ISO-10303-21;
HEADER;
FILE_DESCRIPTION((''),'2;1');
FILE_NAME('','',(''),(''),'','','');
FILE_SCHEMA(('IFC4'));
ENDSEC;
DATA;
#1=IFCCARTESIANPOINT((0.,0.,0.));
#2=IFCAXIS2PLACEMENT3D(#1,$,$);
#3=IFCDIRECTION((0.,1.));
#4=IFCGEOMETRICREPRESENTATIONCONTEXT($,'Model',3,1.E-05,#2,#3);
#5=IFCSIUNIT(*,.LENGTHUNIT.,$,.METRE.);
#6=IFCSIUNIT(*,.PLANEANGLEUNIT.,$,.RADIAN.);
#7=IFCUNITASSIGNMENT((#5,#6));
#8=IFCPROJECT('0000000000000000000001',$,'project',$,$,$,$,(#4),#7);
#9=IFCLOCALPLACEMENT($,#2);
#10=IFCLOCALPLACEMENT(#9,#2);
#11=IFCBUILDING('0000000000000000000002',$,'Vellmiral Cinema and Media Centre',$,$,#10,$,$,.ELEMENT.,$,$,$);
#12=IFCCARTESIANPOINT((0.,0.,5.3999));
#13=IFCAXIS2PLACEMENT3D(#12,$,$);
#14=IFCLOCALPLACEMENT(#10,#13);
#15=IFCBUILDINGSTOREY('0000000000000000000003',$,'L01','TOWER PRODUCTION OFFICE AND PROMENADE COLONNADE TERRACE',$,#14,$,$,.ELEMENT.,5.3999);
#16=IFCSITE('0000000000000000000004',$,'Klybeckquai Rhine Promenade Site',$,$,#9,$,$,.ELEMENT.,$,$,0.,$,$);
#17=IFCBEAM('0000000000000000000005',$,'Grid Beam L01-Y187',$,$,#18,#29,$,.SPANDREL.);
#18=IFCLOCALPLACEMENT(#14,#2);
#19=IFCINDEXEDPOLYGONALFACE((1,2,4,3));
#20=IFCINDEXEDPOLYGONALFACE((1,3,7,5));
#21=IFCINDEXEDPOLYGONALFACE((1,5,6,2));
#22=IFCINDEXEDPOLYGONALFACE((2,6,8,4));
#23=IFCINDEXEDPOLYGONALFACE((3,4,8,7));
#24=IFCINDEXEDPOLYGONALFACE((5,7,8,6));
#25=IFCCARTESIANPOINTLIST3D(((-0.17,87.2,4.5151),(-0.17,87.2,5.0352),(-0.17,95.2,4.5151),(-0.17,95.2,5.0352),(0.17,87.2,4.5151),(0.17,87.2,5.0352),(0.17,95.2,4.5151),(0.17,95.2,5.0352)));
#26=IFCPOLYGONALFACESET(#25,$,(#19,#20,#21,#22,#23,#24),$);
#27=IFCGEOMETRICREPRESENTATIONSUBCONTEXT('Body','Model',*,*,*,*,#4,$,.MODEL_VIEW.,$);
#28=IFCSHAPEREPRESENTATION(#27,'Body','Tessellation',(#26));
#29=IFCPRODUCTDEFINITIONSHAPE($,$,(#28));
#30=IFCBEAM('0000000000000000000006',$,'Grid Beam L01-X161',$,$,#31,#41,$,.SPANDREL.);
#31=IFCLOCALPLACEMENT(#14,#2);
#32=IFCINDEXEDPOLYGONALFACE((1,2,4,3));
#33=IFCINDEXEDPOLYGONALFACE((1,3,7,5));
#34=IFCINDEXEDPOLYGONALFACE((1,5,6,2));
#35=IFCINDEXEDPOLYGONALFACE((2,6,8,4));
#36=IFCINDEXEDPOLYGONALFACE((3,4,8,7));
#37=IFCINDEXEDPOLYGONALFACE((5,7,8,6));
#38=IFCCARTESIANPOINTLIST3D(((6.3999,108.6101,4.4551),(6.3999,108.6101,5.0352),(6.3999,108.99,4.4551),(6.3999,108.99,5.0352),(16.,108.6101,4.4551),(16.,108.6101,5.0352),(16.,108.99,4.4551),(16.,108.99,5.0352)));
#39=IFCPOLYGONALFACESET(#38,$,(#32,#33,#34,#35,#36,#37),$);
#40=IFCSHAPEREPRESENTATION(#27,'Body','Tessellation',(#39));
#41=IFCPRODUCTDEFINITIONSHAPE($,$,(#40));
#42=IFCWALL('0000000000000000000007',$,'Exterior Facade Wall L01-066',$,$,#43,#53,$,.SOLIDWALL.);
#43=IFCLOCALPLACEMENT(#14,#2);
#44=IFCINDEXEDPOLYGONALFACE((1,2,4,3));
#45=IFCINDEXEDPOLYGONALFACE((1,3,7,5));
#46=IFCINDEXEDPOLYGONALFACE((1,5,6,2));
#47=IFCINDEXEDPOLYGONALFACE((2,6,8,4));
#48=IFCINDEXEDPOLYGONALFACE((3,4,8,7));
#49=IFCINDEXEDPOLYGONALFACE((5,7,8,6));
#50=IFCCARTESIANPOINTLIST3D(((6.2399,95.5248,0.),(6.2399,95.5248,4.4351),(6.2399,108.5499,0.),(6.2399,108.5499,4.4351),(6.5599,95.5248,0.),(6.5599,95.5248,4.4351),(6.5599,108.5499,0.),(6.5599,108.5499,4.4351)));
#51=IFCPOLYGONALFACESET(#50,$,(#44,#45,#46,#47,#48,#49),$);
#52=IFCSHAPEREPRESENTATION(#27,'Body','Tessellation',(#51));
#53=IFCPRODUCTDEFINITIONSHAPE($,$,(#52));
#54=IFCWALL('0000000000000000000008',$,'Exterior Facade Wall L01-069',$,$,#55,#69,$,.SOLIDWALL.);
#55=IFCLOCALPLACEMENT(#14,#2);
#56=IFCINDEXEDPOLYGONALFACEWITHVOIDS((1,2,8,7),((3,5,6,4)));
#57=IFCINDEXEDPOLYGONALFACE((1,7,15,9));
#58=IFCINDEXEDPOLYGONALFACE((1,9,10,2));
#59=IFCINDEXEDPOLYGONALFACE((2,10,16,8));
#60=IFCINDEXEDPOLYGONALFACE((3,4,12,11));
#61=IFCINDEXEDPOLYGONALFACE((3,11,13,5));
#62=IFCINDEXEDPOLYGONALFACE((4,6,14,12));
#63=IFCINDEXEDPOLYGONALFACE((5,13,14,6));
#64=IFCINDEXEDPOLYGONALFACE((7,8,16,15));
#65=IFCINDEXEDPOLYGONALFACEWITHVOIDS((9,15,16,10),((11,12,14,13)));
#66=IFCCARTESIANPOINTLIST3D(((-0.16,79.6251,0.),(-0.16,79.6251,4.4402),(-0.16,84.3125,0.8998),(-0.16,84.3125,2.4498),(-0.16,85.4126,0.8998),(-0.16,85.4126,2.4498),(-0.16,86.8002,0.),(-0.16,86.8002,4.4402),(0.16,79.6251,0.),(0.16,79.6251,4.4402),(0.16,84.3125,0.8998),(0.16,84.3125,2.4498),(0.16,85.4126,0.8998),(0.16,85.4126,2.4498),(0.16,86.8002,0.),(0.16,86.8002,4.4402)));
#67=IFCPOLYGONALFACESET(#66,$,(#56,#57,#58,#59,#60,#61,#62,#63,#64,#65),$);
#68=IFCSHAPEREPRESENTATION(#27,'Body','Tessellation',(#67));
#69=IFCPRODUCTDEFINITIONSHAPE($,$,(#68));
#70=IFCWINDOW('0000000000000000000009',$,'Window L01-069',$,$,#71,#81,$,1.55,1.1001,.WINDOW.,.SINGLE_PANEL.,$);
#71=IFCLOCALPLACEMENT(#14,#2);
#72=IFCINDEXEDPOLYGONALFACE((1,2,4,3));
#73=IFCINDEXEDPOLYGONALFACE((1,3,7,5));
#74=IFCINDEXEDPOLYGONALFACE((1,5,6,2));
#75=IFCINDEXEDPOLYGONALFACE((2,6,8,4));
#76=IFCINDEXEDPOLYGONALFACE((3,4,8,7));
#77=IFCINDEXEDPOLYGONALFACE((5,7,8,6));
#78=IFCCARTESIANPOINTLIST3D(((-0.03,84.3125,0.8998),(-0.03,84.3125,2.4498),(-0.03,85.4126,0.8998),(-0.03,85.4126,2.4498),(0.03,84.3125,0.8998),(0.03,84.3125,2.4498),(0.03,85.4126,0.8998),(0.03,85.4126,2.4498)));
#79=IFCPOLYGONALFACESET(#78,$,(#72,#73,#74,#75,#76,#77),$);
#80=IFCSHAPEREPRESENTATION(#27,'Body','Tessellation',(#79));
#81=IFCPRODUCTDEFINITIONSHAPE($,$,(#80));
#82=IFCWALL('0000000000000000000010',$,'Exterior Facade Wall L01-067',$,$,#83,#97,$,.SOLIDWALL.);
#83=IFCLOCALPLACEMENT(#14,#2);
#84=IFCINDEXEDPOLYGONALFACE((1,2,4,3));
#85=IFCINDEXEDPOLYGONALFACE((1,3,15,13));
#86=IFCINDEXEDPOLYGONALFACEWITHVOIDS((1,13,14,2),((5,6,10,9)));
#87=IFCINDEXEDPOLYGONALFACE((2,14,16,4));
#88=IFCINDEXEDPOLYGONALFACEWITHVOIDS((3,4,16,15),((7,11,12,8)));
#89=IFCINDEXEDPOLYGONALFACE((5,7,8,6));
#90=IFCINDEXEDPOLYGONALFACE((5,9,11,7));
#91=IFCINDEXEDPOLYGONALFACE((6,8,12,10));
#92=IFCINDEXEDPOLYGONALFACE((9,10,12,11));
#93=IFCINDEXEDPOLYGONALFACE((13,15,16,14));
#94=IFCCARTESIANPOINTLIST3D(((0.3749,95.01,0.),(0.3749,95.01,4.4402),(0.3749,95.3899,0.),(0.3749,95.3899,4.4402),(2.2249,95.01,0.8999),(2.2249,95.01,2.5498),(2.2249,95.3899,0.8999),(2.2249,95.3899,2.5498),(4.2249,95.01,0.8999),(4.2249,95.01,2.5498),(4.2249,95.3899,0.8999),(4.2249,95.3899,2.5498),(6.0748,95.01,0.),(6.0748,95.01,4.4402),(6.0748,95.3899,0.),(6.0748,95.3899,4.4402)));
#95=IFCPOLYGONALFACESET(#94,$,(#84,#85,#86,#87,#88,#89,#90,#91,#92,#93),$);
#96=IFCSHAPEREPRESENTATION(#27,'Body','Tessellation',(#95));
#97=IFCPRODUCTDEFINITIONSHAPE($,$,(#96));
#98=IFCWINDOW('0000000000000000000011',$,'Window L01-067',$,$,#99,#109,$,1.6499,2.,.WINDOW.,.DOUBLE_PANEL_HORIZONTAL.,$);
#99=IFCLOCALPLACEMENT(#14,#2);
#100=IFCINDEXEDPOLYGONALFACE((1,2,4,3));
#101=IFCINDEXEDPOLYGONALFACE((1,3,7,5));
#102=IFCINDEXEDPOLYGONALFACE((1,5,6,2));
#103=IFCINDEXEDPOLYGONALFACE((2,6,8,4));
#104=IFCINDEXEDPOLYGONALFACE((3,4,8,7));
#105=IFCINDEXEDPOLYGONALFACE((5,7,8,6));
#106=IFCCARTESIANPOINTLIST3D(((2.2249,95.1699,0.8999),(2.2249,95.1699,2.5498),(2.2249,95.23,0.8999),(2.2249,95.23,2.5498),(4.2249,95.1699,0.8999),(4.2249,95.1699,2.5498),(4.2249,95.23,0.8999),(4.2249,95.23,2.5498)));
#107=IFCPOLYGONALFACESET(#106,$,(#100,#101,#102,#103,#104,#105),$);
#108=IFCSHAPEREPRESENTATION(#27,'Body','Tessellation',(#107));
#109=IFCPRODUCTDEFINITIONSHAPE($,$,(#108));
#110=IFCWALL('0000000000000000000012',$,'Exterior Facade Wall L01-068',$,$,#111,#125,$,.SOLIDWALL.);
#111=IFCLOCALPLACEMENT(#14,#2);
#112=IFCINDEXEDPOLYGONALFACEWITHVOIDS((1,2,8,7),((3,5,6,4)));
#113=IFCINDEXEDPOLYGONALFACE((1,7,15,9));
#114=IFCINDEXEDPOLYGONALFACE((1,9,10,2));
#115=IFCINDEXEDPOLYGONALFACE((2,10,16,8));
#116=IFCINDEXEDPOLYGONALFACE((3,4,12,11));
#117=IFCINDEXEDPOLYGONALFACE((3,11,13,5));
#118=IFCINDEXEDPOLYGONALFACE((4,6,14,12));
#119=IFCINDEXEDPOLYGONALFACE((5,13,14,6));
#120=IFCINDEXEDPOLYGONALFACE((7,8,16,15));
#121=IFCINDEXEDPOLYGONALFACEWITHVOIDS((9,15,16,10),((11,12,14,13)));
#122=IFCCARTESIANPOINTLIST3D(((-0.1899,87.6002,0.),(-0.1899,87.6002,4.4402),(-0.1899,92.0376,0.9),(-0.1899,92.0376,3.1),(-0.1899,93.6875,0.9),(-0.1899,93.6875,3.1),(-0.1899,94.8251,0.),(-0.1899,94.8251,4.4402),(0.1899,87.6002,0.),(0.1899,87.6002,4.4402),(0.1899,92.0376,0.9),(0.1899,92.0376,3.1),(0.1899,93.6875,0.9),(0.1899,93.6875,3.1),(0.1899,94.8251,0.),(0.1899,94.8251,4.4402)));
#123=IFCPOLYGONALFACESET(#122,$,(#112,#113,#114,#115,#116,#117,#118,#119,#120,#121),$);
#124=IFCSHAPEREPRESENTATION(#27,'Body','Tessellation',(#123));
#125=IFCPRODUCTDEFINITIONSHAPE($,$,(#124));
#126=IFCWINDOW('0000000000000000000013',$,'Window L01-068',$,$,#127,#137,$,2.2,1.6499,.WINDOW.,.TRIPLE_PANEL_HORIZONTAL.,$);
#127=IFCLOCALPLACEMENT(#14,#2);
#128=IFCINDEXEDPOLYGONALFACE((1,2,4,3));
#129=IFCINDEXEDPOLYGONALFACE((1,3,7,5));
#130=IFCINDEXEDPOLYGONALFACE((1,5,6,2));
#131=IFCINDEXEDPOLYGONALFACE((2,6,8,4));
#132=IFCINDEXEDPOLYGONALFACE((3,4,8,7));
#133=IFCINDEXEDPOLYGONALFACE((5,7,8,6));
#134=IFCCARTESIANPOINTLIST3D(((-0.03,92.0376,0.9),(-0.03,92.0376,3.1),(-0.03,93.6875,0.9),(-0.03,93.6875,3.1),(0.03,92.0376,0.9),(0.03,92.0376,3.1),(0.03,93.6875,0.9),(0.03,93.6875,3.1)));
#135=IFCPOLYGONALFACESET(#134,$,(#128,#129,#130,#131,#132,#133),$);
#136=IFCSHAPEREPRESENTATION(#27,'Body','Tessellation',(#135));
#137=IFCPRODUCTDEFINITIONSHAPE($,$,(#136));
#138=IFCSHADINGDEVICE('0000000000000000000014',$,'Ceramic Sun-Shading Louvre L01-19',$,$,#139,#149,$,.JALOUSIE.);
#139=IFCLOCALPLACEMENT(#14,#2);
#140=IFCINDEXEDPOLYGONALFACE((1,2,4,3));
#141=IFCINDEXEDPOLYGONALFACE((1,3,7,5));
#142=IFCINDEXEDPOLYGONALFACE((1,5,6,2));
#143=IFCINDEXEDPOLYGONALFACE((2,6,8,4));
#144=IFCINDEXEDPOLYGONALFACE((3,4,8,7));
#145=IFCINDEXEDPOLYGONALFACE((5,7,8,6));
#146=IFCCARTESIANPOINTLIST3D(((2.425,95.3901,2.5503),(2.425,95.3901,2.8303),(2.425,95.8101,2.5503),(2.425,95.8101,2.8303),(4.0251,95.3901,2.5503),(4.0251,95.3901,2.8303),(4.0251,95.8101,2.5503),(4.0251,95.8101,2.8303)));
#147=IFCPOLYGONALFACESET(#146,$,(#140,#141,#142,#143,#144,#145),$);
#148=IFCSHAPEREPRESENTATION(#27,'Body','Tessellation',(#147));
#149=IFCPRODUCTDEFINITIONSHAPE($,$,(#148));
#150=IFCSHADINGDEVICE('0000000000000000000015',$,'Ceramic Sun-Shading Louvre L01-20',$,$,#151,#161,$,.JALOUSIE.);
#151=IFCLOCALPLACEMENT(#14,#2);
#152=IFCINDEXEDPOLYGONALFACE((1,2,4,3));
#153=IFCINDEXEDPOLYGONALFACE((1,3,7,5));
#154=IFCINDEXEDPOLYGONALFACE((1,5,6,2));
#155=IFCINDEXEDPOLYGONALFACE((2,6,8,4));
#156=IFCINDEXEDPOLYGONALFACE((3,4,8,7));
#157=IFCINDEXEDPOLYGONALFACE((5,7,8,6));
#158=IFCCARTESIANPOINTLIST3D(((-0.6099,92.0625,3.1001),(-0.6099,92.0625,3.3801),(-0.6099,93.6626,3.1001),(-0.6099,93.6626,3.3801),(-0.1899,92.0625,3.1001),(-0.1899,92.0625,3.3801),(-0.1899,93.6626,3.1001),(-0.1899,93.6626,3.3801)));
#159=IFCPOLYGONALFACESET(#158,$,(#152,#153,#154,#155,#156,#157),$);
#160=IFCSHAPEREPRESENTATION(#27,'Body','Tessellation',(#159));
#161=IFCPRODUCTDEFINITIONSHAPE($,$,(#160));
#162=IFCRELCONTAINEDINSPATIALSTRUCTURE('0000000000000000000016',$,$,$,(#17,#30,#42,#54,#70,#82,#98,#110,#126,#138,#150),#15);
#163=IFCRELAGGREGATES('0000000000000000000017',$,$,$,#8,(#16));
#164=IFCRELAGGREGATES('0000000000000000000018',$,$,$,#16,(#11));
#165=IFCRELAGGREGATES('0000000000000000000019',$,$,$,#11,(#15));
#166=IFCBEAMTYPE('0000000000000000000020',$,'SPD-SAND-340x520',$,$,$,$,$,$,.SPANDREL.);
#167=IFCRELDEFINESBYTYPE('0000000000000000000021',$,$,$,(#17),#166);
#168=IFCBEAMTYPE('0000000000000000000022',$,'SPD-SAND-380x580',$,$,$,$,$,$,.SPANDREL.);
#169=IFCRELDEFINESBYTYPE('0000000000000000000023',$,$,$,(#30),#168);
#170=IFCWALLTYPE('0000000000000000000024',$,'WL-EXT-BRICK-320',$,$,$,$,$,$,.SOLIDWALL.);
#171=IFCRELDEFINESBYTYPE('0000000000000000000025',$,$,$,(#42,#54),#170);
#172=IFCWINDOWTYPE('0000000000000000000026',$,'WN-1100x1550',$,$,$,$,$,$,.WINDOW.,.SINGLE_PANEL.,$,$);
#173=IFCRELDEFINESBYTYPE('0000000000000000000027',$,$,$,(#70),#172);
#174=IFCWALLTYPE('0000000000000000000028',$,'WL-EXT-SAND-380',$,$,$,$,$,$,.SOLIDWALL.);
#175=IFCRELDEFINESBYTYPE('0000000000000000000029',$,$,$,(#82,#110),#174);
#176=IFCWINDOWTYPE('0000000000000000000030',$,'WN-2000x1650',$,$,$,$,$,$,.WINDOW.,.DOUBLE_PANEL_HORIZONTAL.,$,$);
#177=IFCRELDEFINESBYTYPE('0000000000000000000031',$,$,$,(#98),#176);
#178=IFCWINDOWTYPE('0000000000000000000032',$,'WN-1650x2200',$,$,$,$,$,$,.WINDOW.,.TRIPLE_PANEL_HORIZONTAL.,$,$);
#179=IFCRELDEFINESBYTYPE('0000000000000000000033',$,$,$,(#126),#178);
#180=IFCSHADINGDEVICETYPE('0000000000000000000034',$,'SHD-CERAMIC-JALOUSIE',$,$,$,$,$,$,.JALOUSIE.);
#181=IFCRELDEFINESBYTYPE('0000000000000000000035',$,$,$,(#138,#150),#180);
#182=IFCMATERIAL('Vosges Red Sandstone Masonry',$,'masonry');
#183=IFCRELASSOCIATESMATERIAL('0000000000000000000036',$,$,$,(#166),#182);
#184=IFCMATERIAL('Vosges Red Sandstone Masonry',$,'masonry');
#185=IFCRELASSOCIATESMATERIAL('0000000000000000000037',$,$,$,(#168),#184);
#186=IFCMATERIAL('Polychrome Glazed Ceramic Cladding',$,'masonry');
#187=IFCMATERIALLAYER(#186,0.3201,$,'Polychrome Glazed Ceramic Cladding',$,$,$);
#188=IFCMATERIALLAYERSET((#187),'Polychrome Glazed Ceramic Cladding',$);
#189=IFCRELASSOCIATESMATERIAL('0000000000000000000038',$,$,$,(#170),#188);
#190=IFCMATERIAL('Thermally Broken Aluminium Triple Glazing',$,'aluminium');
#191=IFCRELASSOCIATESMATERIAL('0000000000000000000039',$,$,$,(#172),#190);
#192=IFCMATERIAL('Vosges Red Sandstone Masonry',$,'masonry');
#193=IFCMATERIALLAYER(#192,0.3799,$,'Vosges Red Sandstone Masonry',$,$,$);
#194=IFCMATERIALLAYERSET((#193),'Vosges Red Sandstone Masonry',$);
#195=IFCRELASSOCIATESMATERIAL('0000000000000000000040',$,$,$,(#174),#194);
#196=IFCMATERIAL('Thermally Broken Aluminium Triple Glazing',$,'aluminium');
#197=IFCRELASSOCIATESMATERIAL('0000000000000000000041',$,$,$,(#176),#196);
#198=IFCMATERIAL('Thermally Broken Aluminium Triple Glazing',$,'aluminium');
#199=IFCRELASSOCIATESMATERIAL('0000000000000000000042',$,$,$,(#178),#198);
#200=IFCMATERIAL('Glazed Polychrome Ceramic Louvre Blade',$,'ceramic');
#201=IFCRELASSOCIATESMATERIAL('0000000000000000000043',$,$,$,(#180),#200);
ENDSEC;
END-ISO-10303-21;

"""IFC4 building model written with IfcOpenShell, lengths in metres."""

from ifc_helpers import new_model, si_unit, direction, frame, frame_2d, origin, origin_2d, place, context, subcontext, project, spatial, rectangle, extrude, material, layer, layer_set, material_profile, profile_set, type_object, element, fill, save


model = new_model("IFC4")

# Units and contexts
model_context = context("Model", 3, precision=1e-05, world=origin(), true_north=direction((0.0, 1.0)))
body_context = subcontext(model_context, "Body", "Model", "MODEL_VIEW")
ifc_project = project(units=[si_unit("LENGTHUNIT", "METRE"), si_unit("PLANEANGLEUNIT", "RADIAN")], contexts=[model_context])

# Site, building, storey
site_placement = place(None, origin())
site = spatial("IfcSite", under=ifc_project, at=site_placement, Name="Klybeckquai Rhine Promenade Site", CompositionType="ELEMENT", RefElevation=0.0)
building_placement = place(site_placement, origin())
building = spatial("IfcBuilding", under=site, at=building_placement, Name="Vellmiral Cinema and Media Centre", CompositionType="ELEMENT")
storey_placement = place(building_placement, frame((0.0, 0.0, 5.3999)))
storey = spatial("IfcBuildingStorey", under=building, at=storey_placement, Name="L01", Description="TOWER PRODUCTION OFFICE AND PROMENADE COLONNADE TERRACE", CompositionType="ELEMENT", Elevation=5.3999)

# Beams
ifc_material_1 = material(Name="Vosges Red Sandstone Masonry", Category="masonry")
ifc_material_profile_1 = material_profile(ifc_material_1, rectangle(XDim=0.3401, YDim=0.52, at=origin_2d()), Name="SAND 340x520")
ifc_profile_set_1 = profile_set([ifc_material_profile_1], Name="Vosges Red Sandstone Masonry")
beam_type_1 = type_object("IfcBeamType", Name="SPD-SAND-340x520", PredefinedType="SPANDREL", material=ifc_profile_set_1)
beam_1_placement = place(storey_placement, frame((0.0, 87.2, 4.7751), z_axis=(0.0, 1.0, 0.0), x_axis=(-1.0, 0.0, 0.0)))
element("IfcBeam", 1, at=beam_1_placement, inside=storey, type_object=beam_type_1, Name="Grid Beam L01-Y187", PredefinedType="SPANDREL", context=body_context, shape_type="SweptSolid", body=[
    extrude(rectangle(XDim=0.3401, YDim=0.52, at=origin_2d()), origin(), (0.0, 0.0, 1.0), 8.0),
])
ifc_material_2 = material(Name="Vosges Red Sandstone Masonry", Category="masonry")
ifc_material_profile_2 = material_profile(ifc_material_2, rectangle(XDim=0.3799, YDim=0.5801, at=origin_2d()), Name="SAND 380x580")
ifc_profile_set_2 = profile_set([ifc_material_profile_2], Name="Vosges Red Sandstone Masonry")
beam_type_2 = type_object("IfcBeamType", Name="SPD-SAND-380x580", PredefinedType="SPANDREL", material=ifc_profile_set_2)
beam_2_placement = place(storey_placement, frame((6.3999, 108.8, 4.7451), z_axis=(1.0, 0.0, 0.0), x_axis=(0.0, 1.0, 0.0)))
element("IfcBeam", 2, at=beam_2_placement, inside=storey, type_object=beam_type_2, Name="Grid Beam L01-X161", PredefinedType="SPANDREL", context=body_context, shape_type="SweptSolid", body=[
    extrude(rectangle(XDim=0.3799, YDim=0.5801, at=origin_2d()), origin(), (0.0, 0.0, 1.0), 9.6001),
])

# Wall
ifc_material_3 = material(Name="Polychrome Glazed Ceramic Cladding", Category="masonry")
ifc_layer_1 = layer(ifc_material_3, 0.3201, Name="Polychrome Glazed Ceramic Cladding")
ifc_layer_set_1 = layer_set([ifc_layer_1], Name="Polychrome Glazed Ceramic Cladding")
wall_type_1 = type_object("IfcWallType", Name="WL-EXT-BRICK-320", PredefinedType="SOLIDWALL", material=ifc_layer_set_1)
wall_1_placement = place(storey_placement, frame((6.3999, 108.55, 0.0), z_axis=(0.0, 0.0, 1.0), x_axis=(0.0, -1.0, 0.0)))
element("IfcWall", 3, at=wall_1_placement, inside=storey, type_object=wall_type_1, Name="Exterior Facade Wall L01-066", PredefinedType="SOLIDWALL", context=body_context, shape_type="SweptSolid", body=[
    extrude(rectangle(XDim=13.0251, YDim=0.3201, at=frame_2d((6.5127, 0.0))), origin(), (0.0, 0.0, 1.0), 4.4351),
])

# Walls, openings, windows
wall_2_placement = place(storey_placement, frame((0.0, 86.8, 0.0), z_axis=(0.0, 0.0, 1.0), x_axis=(0.0, -1.0, 0.0)))
wall_2 = element("IfcWall", 4, at=wall_2_placement, inside=storey, type_object=wall_type_1, Name="Exterior Facade Wall L01-069", PredefinedType="SOLIDWALL", context=body_context, shape_type="SweptSolid", body=[
    extrude(rectangle(XDim=7.175, YDim=0.3201, at=frame_2d((3.5874, 0.0))), origin(), (0.0, 0.0, 1.0), 4.4402),
])
opening_1_placement = place(wall_2_placement, frame((1.3875, 0.0, 0.8999)))
opening_1 = element("IfcOpeningElement", 5, at=opening_1_placement, cuts=wall_2, PredefinedType="OPENING", context=body_context, shape_type="SweptSolid", body=[
    extrude(rectangle(XDim=1.1001, YDim=1.55, at=frame_2d((0.55, 0.7749))), frame((0.0, 0.1719, 0.0), z_axis=(0.0, -1.0, 0.0), x_axis=(1.0, 0.0, 0.0)), (0.0, 0.0, 1.0), 0.344),
])
ifc_material_4 = material(Name="Thermally Broken Aluminium Triple Glazing", Category="aluminium")
window_type_1 = type_object("IfcWindowType", Name="WN-1100x1550", PartitioningType="SINGLE_PANEL", PredefinedType="WINDOW", material=ifc_material_4)
window_1_placement = place(opening_1_placement, origin())
window_1 = element("IfcWindow", 6, at=window_1_placement, inside=storey, type_object=window_type_1, Name="Window L01-069", OverallHeight=1.55, OverallWidth=1.1001, PartitioningType="SINGLE_PANEL", PredefinedType="WINDOW", context=body_context, shape_type="SweptSolid", body=[
    extrude(rectangle(XDim=1.1001, YDim=1.55, at=frame_2d((0.55, 0.7749))), frame((0.0, 0.03, 0.0), z_axis=(0.0, -1.0, 0.0), x_axis=(1.0, 0.0, 0.0)), (0.0, 0.0, 1.0), 0.0601),
])
fill(opening_1, window_1)
ifc_material_5 = material(Name="Vosges Red Sandstone Masonry", Category="masonry")
ifc_layer_2 = layer(ifc_material_5, 0.3799, Name="Vosges Red Sandstone Masonry")
ifc_layer_set_2 = layer_set([ifc_layer_2], Name="Vosges Red Sandstone Masonry")
wall_type_2 = type_object("IfcWallType", Name="WL-EXT-SAND-380", PredefinedType="SOLIDWALL", material=ifc_layer_set_2)
wall_3_placement = place(storey_placement, frame((6.075, 95.2, 0.0), z_axis=(0.0, 0.0, 1.0), x_axis=(-1.0, 0.0, 0.0)))
wall_3 = element("IfcWall", 7, at=wall_3_placement, inside=storey, type_object=wall_type_2, Name="Exterior Facade Wall L01-067", PredefinedType="SOLIDWALL", context=body_context, shape_type="SweptSolid", body=[
    extrude(rectangle(XDim=5.7, YDim=0.3799, at=frame_2d((2.8501, 0.0))), origin(), (0.0, 0.0, 1.0), 4.4402),
])
opening_2_placement = place(wall_3_placement, frame((1.8501, 0.0, 0.8999)))
opening_2 = element("IfcOpeningElement", 8, at=opening_2_placement, cuts=wall_3, PredefinedType="OPENING", context=body_context, shape_type="SweptSolid", body=[
    extrude(rectangle(XDim=2.0, YDim=1.6499, at=frame_2d((1.0, 0.825))), frame((0.0, 0.2019, 0.0), z_axis=(0.0, -1.0, 0.0), x_axis=(1.0, 0.0, 0.0)), (0.0, 0.0, 1.0), 0.4038),
])
ifc_material_6 = material(Name="Thermally Broken Aluminium Triple Glazing", Category="aluminium")
window_type_2 = type_object("IfcWindowType", Name="WN-2000x1650", PartitioningType="DOUBLE_PANEL_HORIZONTAL", PredefinedType="WINDOW", material=ifc_material_6)
window_2_placement = place(opening_2_placement, origin())
window_2 = element("IfcWindow", 9, at=window_2_placement, inside=storey, type_object=window_type_2, Name="Window L01-067", OverallHeight=1.6499, OverallWidth=2.0, PartitioningType="DOUBLE_PANEL_HORIZONTAL", PredefinedType="WINDOW", context=body_context, shape_type="SweptSolid", body=[
    extrude(rectangle(XDim=2.0, YDim=1.6499, at=frame_2d((1.0, 0.825))), frame((0.0, 0.03, 0.0), z_axis=(0.0, -1.0, 0.0), x_axis=(1.0, 0.0, 0.0)), (0.0, 0.0, 1.0), 0.0601),
])
fill(opening_2, window_2)
wall_4_placement = place(storey_placement, frame((0.0, 94.825, 0.0), z_axis=(0.0, 0.0, 1.0), x_axis=(0.0, -1.0, 0.0)))
wall_4 = element("IfcWall", 10, at=wall_4_placement, inside=storey, type_object=wall_type_2, Name="Exterior Facade Wall L01-068", PredefinedType="SOLIDWALL", context=body_context, shape_type="SweptSolid", body=[
    extrude(rectangle(XDim=7.2249, YDim=0.3799, at=frame_2d((3.6123, 0.0))), origin(), (0.0, 0.0, 1.0), 4.4402),
])
opening_3_placement = place(wall_4_placement, frame((1.1375, 0.0, 0.8999)))
opening_3 = element("IfcOpeningElement", 11, at=opening_3_placement, cuts=wall_4, PredefinedType="OPENING", context=body_context, shape_type="SweptSolid", body=[
    extrude(rectangle(XDim=1.6499, YDim=2.2, at=frame_2d((0.825, 1.1001))), frame((0.0, 0.2019, 0.0), z_axis=(0.0, -1.0, 0.0), x_axis=(1.0, 0.0, 0.0)), (0.0, 0.0, 1.0), 0.4038),
])
ifc_material_7 = material(Name="Thermally Broken Aluminium Triple Glazing", Category="aluminium")
window_type_3 = type_object("IfcWindowType", Name="WN-1650x2200", PartitioningType="TRIPLE_PANEL_HORIZONTAL", PredefinedType="WINDOW", material=ifc_material_7)
window_3_placement = place(opening_3_placement, origin())
window_3 = element("IfcWindow", 12, at=window_3_placement, inside=storey, type_object=window_type_3, Name="Window L01-068", OverallHeight=2.2, OverallWidth=1.6499, PartitioningType="TRIPLE_PANEL_HORIZONTAL", PredefinedType="WINDOW", context=body_context, shape_type="SweptSolid", body=[
    extrude(rectangle(XDim=1.6499, YDim=2.2, at=frame_2d((0.825, 1.1001))), frame((0.0, 0.03, 0.0), z_axis=(0.0, -1.0, 0.0), x_axis=(1.0, 0.0, 0.0)), (0.0, 0.0, 1.0), 0.0601),
])
fill(opening_3, window_3)

# Shading devices
ifc_material_8 = material(Name="Glazed Polychrome Ceramic Louvre Blade", Category="ceramic")
shading_device_type = type_object("IfcShadingDeviceType", Name="SHD-CERAMIC-JALOUSIE", PredefinedType="JALOUSIE", material=ifc_material_8)
for number, where, z_axis, x_axis, name in (
    (13, (3.2251, 95.6001, 2.5503), (0.0, 0.0, 1.0), (-1.0, 0.0, 0.0), "Ceramic Sun-Shading Louvre L01-19"),
    (14, (-0.3999, 92.8625, 3.1001), (0.0, 0.0, 1.0), (0.0, -1.0, 0.0), "Ceramic Sun-Shading Louvre L01-20"),
):
    element("IfcShadingDevice", number, at=place(storey_placement, frame(where, z_axis=z_axis, x_axis=x_axis)), inside=storey, type_object=shading_device_type, Name=name, PredefinedType="JALOUSIE", context=body_context, shape_type="SweptSolid", body=[
        extrude(rectangle(XDim=1.6001, YDim=0.4199, at=origin_2d()), origin(), (0.0, 0.0, 1.0), 0.28),
    ])

save(model, "model.ifc")
